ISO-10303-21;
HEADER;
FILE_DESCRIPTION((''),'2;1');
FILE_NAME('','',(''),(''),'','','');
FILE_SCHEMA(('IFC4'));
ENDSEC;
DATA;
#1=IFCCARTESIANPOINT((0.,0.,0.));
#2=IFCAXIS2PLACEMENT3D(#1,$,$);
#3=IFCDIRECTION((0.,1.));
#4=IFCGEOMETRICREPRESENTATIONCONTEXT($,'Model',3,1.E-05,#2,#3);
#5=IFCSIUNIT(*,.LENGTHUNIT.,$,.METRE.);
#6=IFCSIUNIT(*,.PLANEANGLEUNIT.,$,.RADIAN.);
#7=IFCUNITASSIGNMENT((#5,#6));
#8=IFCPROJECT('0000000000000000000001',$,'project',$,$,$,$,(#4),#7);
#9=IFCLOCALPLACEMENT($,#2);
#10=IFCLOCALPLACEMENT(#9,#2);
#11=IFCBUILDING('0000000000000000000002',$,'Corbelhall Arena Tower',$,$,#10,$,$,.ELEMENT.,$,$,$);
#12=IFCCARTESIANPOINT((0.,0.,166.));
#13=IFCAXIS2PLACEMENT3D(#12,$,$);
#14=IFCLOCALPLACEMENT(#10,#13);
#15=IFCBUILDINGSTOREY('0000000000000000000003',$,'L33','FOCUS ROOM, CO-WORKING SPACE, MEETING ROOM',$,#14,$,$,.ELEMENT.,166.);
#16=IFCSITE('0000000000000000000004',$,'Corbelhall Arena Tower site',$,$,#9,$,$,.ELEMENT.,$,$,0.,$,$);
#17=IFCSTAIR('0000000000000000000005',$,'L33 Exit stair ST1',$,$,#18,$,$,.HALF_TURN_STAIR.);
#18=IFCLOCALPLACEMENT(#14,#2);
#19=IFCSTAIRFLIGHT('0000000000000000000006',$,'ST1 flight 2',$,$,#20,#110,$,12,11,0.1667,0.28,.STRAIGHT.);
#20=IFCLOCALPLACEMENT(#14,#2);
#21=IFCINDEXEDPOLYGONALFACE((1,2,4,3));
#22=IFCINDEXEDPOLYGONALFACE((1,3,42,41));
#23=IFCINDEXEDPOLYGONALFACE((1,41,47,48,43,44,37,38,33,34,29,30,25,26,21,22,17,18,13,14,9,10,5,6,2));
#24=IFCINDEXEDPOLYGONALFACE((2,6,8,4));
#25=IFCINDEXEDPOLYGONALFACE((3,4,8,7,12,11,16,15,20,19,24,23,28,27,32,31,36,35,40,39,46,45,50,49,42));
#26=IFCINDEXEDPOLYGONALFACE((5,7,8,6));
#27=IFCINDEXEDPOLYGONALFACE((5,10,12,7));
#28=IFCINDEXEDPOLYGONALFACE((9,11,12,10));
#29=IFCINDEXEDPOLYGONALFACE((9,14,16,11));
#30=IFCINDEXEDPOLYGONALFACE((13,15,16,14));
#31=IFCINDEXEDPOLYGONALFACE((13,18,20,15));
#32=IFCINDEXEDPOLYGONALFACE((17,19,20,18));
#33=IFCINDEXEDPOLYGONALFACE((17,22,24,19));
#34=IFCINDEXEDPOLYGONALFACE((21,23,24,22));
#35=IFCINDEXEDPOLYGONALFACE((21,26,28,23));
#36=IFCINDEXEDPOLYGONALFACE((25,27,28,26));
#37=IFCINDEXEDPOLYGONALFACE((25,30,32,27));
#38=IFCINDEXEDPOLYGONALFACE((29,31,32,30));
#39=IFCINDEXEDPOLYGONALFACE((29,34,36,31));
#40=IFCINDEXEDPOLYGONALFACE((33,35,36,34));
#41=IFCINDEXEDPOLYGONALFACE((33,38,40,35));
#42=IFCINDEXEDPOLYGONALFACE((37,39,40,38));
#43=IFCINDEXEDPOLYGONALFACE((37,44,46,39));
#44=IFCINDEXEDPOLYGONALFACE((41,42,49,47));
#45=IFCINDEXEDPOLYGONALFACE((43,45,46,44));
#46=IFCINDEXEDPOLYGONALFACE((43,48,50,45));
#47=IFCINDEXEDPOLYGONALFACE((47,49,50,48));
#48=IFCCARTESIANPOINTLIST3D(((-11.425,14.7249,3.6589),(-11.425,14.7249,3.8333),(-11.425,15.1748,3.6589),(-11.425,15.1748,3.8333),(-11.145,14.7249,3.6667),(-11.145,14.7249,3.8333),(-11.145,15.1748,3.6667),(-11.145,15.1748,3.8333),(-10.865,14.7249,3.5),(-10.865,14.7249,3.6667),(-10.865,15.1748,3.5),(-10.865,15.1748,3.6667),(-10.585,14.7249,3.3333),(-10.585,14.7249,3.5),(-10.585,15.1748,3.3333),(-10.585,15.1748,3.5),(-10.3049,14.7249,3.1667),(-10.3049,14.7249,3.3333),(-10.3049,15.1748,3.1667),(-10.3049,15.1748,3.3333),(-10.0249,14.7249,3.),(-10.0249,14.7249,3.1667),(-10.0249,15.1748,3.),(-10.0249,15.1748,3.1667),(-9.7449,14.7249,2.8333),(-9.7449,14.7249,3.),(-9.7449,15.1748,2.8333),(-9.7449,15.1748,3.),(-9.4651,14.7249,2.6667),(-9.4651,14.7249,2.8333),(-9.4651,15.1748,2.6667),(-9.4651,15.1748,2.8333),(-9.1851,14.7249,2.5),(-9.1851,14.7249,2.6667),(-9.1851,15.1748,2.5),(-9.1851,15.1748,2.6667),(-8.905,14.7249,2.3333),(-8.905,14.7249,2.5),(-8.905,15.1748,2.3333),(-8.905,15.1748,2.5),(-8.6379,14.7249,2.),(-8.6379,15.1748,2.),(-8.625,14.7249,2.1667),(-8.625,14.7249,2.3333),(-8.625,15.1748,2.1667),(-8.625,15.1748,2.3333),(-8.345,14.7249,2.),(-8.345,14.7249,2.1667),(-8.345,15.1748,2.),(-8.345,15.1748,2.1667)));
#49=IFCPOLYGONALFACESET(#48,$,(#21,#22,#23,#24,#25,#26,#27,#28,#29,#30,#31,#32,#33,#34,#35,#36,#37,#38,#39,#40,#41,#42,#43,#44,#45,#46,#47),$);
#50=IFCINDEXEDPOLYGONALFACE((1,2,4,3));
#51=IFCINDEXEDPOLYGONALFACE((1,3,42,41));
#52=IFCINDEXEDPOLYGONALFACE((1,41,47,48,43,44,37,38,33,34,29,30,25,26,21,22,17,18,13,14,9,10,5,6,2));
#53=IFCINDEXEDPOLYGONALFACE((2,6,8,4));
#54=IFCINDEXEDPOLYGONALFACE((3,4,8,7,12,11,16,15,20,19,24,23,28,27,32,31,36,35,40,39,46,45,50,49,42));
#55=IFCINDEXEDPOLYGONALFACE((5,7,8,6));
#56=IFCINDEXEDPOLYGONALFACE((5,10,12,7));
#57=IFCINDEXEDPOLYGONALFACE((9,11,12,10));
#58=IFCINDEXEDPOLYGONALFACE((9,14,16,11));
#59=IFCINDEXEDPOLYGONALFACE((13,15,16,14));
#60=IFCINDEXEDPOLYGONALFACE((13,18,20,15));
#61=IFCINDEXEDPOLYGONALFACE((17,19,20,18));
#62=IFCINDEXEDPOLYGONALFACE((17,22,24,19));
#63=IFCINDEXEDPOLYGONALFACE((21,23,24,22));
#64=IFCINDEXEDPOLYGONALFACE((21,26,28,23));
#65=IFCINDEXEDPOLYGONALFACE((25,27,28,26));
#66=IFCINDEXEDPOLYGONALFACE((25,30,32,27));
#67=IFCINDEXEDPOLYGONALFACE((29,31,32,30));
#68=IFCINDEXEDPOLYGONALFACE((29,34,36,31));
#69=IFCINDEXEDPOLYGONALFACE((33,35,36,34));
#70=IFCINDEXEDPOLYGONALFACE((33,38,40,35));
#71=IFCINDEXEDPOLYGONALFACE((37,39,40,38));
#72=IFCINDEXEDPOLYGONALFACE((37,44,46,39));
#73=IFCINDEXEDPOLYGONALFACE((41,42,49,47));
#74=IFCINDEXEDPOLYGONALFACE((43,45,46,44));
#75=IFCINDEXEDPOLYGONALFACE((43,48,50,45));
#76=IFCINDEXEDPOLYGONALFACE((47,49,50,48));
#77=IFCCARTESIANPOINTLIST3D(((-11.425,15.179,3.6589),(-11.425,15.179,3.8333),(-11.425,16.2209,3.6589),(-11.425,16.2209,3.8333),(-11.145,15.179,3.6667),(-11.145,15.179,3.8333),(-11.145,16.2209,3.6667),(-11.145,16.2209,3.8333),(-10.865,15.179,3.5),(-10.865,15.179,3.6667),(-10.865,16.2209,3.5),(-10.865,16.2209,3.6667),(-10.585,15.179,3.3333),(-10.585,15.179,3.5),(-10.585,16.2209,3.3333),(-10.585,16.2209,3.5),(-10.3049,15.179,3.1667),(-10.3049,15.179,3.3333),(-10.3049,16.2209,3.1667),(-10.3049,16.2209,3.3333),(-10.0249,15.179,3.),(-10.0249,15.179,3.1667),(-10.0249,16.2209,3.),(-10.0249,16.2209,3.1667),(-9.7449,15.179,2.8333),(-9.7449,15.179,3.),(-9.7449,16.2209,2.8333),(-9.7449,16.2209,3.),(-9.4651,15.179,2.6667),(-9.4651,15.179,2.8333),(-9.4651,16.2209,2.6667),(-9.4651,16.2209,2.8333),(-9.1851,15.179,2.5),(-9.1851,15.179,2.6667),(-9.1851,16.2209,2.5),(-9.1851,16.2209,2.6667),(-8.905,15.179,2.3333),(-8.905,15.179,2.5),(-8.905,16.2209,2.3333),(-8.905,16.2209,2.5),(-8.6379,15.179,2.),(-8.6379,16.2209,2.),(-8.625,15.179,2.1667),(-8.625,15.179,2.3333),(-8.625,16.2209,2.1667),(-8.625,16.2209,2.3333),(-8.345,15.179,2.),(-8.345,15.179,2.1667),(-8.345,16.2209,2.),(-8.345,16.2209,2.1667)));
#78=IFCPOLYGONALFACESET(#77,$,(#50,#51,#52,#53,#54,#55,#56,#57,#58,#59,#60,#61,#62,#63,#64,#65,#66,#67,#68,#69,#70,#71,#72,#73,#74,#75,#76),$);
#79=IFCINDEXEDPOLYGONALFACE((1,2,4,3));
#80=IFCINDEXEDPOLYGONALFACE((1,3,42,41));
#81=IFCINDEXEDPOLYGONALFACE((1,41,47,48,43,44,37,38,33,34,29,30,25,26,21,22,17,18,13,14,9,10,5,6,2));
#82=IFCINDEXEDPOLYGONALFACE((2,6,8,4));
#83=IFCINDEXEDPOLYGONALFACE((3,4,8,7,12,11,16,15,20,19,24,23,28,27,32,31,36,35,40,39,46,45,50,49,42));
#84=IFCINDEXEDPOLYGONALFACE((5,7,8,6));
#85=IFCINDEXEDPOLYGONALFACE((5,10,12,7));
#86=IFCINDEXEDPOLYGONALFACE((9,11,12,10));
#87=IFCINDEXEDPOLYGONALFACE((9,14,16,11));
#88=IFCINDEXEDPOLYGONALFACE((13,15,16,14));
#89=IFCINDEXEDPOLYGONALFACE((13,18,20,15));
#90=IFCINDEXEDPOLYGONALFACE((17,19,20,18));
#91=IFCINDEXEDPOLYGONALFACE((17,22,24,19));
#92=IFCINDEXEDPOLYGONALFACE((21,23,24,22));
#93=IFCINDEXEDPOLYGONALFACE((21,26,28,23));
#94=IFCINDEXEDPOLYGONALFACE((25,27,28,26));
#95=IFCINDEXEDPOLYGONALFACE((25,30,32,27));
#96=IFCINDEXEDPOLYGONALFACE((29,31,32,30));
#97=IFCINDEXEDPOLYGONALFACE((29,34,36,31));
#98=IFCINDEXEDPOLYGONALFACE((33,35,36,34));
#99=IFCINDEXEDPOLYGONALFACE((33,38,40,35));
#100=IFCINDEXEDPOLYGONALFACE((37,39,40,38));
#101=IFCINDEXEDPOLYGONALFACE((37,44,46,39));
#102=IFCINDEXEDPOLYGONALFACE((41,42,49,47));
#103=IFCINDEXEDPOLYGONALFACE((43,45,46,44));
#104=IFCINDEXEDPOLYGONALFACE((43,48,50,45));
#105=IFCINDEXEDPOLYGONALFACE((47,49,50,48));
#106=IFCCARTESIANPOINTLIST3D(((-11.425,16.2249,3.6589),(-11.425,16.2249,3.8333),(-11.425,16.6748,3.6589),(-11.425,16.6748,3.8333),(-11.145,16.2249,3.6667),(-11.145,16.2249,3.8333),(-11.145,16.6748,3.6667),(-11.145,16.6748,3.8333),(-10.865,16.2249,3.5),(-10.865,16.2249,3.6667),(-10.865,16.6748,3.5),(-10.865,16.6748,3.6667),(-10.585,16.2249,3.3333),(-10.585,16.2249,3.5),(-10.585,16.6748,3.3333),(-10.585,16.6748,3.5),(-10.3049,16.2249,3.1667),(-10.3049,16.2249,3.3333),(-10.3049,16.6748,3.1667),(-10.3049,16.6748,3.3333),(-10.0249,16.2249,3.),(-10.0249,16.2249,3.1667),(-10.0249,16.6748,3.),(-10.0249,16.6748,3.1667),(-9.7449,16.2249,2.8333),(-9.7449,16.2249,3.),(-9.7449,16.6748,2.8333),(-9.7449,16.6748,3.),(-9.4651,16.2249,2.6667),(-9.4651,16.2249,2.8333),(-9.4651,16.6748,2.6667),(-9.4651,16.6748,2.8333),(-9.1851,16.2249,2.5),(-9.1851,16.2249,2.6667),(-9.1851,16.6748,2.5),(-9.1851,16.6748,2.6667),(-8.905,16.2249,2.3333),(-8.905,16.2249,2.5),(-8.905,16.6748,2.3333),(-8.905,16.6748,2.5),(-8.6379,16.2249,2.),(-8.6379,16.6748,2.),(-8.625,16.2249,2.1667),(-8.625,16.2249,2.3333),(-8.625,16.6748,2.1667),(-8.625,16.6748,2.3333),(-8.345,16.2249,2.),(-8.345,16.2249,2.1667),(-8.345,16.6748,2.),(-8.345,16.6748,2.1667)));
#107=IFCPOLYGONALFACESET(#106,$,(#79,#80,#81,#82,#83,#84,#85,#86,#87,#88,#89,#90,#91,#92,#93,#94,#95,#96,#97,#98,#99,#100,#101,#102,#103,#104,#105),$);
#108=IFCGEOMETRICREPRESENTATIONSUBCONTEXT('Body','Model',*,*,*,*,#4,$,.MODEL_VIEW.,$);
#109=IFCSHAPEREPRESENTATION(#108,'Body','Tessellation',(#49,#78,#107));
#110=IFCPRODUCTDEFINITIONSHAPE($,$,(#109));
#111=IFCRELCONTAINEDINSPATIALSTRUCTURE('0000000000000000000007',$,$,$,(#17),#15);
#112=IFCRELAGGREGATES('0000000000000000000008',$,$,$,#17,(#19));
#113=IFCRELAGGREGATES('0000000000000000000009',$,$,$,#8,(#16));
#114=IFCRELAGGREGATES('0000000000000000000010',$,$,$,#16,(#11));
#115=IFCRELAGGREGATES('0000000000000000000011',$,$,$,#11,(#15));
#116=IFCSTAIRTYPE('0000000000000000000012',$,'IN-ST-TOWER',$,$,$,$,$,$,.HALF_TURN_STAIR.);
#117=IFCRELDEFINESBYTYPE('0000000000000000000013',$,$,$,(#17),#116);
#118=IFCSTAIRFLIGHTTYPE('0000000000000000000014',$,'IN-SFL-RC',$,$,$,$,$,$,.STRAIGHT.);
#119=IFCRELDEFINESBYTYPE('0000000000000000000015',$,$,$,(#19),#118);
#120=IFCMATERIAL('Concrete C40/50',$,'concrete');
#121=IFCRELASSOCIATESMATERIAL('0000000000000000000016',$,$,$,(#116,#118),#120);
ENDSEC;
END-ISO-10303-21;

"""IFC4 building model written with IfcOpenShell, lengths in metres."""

from ifc_helpers import new_model, si_unit, direction, frame, origin, place, context, subcontext, project, spatial, polyline, outline, extrude, material, type_object, element, aggregate, save


model = new_model("IFC4")

# Units and contexts
model_context = context("Model", 3, precision=1e-05, world=origin(), true_north=direction((0.0, 1.0)))
body_context = subcontext(model_context, "Body", "Model", "MODEL_VIEW")
ifc_project = project(units=[si_unit("LENGTHUNIT", "METRE"), si_unit("PLANEANGLEUNIT", "RADIAN")], contexts=[model_context])

# Site, building, storey
site_placement = place(None, origin())
site = spatial("IfcSite", under=ifc_project, at=site_placement, Name="Corbelhall Arena Tower site", CompositionType="ELEMENT", RefElevation=0.0)
building_placement = place(site_placement, origin())
building = spatial("IfcBuilding", under=site, at=building_placement, Name="Corbelhall Arena Tower", CompositionType="ELEMENT")
storey_placement = place(building_placement, frame((0.0, 0.0, 166.0)))
storey = spatial("IfcBuildingStorey", under=building, at=storey_placement, Name="L33", Description="FOCUS ROOM, CO-WORKING SPACE, MEETING ROOM", CompositionType="ELEMENT", Elevation=166.0)

# Shared definitions
ifc_material_1 = material(Name="Concrete C40/50", Category="concrete")

# Stair, stair flight
stair_type = type_object("IfcStairType", Name="IN-ST-TOWER", PredefinedType="HALF_TURN_STAIR", material=ifc_material_1)
stair_placement = place(storey_placement, origin())
stair = element("IfcStair", 1, at=stair_placement, inside=storey, type_object=stair_type, Name="L33 Exit stair ST1", PredefinedType="HALF_TURN_STAIR")
stair_flight_type = type_object("IfcStairFlightType", Name="IN-SFL-RC", PredefinedType="STRAIGHT", material=ifc_material_1)
stair_flight_placement = place(storey_placement, frame((-8.345, 15.7, 2.0), z_axis=(0.0, 0.0, 1.0), x_axis=(-1.0, 0.0, 0.0)))
stair_flight = element("IfcStairFlight", 2, at=stair_flight_placement, type_object=stair_flight_type, Name="ST1 flight 2", NumberOfRisers=12, NumberOfTreads=11, PredefinedType="STRAIGHT", RiserHeight=0.1667, TreadLength=0.28, context=body_context, shape_type="SweptSolid", body=[
    extrude(outline(polyline([(0.0, 0.0), (0.0, 0.1667), (0.28, 0.1667), (0.28, 0.3333), (0.5601, 0.3333), (0.5601, 0.5), (0.8401, 0.5), (0.8401, 0.6667), (1.1201, 0.6667), (1.1201, 0.8333), (1.3999, 0.8333), (1.3999, 1.0), (1.6799, 1.0), (1.6799, 1.1667), (1.96, 1.1667), (1.96, 1.3333), (2.24, 1.3333), (2.24, 1.5), (2.52, 1.5), (2.52, 1.6667), (2.8, 1.6667), (2.8, 1.8333), (3.0801, 1.8333), (3.0801, 2.0), (3.0801, 1.6589), (0.293, 0.0), (0.0, 0.0)])), frame((0.0, 0.9751, 0.0), z_axis=(0.0, -1.0, 0.0), x_axis=(1.0, 0.0, 0.0)), (0.0, 0.0, 1.0), 0.45),
    extrude(outline(polyline([(0.0, 0.0), (0.0, 0.1667), (0.28, 0.1667), (0.28, 0.3333), (0.5601, 0.3333), (0.5601, 0.5), (0.8401, 0.5), (0.8401, 0.6667), (1.1201, 0.6667), (1.1201, 0.8333), (1.3999, 0.8333), (1.3999, 1.0), (1.6799, 1.0), (1.6799, 1.1667), (1.96, 1.1667), (1.96, 1.3333), (2.24, 1.3333), (2.24, 1.5), (2.52, 1.5), (2.52, 1.6667), (2.8, 1.6667), (2.8, 1.8333), (3.0801, 1.8333), (3.0801, 2.0), (3.0801, 1.6589), (0.293, 0.0), (0.0, 0.0)])), frame((0.0, 0.521, 0.0), z_axis=(0.0, -1.0, 0.0), x_axis=(1.0, 0.0, 0.0)), (0.0, 0.0, 1.0), 1.042),
    extrude(outline(polyline([(0.0, 0.0), (0.0, 0.1667), (0.28, 0.1667), (0.28, 0.3333), (0.5601, 0.3333), (0.5601, 0.5), (0.8401, 0.5), (0.8401, 0.6667), (1.1201, 0.6667), (1.1201, 0.8333), (1.3999, 0.8333), (1.3999, 1.0), (1.6799, 1.0), (1.6799, 1.1667), (1.96, 1.1667), (1.96, 1.3333), (2.24, 1.3333), (2.24, 1.5), (2.52, 1.5), (2.52, 1.6667), (2.8, 1.6667), (2.8, 1.8333), (3.0801, 1.8333), (3.0801, 2.0), (3.0801, 1.6589), (0.293, 0.0), (0.0, 0.0)])), frame((0.0, -0.5249, 0.0), z_axis=(0.0, -1.0, 0.0), x_axis=(1.0, 0.0, 0.0)), (0.0, 0.0, 1.0), 0.45),
])
aggregate(stair, [stair_flight])

save(model, "model.ifc")
